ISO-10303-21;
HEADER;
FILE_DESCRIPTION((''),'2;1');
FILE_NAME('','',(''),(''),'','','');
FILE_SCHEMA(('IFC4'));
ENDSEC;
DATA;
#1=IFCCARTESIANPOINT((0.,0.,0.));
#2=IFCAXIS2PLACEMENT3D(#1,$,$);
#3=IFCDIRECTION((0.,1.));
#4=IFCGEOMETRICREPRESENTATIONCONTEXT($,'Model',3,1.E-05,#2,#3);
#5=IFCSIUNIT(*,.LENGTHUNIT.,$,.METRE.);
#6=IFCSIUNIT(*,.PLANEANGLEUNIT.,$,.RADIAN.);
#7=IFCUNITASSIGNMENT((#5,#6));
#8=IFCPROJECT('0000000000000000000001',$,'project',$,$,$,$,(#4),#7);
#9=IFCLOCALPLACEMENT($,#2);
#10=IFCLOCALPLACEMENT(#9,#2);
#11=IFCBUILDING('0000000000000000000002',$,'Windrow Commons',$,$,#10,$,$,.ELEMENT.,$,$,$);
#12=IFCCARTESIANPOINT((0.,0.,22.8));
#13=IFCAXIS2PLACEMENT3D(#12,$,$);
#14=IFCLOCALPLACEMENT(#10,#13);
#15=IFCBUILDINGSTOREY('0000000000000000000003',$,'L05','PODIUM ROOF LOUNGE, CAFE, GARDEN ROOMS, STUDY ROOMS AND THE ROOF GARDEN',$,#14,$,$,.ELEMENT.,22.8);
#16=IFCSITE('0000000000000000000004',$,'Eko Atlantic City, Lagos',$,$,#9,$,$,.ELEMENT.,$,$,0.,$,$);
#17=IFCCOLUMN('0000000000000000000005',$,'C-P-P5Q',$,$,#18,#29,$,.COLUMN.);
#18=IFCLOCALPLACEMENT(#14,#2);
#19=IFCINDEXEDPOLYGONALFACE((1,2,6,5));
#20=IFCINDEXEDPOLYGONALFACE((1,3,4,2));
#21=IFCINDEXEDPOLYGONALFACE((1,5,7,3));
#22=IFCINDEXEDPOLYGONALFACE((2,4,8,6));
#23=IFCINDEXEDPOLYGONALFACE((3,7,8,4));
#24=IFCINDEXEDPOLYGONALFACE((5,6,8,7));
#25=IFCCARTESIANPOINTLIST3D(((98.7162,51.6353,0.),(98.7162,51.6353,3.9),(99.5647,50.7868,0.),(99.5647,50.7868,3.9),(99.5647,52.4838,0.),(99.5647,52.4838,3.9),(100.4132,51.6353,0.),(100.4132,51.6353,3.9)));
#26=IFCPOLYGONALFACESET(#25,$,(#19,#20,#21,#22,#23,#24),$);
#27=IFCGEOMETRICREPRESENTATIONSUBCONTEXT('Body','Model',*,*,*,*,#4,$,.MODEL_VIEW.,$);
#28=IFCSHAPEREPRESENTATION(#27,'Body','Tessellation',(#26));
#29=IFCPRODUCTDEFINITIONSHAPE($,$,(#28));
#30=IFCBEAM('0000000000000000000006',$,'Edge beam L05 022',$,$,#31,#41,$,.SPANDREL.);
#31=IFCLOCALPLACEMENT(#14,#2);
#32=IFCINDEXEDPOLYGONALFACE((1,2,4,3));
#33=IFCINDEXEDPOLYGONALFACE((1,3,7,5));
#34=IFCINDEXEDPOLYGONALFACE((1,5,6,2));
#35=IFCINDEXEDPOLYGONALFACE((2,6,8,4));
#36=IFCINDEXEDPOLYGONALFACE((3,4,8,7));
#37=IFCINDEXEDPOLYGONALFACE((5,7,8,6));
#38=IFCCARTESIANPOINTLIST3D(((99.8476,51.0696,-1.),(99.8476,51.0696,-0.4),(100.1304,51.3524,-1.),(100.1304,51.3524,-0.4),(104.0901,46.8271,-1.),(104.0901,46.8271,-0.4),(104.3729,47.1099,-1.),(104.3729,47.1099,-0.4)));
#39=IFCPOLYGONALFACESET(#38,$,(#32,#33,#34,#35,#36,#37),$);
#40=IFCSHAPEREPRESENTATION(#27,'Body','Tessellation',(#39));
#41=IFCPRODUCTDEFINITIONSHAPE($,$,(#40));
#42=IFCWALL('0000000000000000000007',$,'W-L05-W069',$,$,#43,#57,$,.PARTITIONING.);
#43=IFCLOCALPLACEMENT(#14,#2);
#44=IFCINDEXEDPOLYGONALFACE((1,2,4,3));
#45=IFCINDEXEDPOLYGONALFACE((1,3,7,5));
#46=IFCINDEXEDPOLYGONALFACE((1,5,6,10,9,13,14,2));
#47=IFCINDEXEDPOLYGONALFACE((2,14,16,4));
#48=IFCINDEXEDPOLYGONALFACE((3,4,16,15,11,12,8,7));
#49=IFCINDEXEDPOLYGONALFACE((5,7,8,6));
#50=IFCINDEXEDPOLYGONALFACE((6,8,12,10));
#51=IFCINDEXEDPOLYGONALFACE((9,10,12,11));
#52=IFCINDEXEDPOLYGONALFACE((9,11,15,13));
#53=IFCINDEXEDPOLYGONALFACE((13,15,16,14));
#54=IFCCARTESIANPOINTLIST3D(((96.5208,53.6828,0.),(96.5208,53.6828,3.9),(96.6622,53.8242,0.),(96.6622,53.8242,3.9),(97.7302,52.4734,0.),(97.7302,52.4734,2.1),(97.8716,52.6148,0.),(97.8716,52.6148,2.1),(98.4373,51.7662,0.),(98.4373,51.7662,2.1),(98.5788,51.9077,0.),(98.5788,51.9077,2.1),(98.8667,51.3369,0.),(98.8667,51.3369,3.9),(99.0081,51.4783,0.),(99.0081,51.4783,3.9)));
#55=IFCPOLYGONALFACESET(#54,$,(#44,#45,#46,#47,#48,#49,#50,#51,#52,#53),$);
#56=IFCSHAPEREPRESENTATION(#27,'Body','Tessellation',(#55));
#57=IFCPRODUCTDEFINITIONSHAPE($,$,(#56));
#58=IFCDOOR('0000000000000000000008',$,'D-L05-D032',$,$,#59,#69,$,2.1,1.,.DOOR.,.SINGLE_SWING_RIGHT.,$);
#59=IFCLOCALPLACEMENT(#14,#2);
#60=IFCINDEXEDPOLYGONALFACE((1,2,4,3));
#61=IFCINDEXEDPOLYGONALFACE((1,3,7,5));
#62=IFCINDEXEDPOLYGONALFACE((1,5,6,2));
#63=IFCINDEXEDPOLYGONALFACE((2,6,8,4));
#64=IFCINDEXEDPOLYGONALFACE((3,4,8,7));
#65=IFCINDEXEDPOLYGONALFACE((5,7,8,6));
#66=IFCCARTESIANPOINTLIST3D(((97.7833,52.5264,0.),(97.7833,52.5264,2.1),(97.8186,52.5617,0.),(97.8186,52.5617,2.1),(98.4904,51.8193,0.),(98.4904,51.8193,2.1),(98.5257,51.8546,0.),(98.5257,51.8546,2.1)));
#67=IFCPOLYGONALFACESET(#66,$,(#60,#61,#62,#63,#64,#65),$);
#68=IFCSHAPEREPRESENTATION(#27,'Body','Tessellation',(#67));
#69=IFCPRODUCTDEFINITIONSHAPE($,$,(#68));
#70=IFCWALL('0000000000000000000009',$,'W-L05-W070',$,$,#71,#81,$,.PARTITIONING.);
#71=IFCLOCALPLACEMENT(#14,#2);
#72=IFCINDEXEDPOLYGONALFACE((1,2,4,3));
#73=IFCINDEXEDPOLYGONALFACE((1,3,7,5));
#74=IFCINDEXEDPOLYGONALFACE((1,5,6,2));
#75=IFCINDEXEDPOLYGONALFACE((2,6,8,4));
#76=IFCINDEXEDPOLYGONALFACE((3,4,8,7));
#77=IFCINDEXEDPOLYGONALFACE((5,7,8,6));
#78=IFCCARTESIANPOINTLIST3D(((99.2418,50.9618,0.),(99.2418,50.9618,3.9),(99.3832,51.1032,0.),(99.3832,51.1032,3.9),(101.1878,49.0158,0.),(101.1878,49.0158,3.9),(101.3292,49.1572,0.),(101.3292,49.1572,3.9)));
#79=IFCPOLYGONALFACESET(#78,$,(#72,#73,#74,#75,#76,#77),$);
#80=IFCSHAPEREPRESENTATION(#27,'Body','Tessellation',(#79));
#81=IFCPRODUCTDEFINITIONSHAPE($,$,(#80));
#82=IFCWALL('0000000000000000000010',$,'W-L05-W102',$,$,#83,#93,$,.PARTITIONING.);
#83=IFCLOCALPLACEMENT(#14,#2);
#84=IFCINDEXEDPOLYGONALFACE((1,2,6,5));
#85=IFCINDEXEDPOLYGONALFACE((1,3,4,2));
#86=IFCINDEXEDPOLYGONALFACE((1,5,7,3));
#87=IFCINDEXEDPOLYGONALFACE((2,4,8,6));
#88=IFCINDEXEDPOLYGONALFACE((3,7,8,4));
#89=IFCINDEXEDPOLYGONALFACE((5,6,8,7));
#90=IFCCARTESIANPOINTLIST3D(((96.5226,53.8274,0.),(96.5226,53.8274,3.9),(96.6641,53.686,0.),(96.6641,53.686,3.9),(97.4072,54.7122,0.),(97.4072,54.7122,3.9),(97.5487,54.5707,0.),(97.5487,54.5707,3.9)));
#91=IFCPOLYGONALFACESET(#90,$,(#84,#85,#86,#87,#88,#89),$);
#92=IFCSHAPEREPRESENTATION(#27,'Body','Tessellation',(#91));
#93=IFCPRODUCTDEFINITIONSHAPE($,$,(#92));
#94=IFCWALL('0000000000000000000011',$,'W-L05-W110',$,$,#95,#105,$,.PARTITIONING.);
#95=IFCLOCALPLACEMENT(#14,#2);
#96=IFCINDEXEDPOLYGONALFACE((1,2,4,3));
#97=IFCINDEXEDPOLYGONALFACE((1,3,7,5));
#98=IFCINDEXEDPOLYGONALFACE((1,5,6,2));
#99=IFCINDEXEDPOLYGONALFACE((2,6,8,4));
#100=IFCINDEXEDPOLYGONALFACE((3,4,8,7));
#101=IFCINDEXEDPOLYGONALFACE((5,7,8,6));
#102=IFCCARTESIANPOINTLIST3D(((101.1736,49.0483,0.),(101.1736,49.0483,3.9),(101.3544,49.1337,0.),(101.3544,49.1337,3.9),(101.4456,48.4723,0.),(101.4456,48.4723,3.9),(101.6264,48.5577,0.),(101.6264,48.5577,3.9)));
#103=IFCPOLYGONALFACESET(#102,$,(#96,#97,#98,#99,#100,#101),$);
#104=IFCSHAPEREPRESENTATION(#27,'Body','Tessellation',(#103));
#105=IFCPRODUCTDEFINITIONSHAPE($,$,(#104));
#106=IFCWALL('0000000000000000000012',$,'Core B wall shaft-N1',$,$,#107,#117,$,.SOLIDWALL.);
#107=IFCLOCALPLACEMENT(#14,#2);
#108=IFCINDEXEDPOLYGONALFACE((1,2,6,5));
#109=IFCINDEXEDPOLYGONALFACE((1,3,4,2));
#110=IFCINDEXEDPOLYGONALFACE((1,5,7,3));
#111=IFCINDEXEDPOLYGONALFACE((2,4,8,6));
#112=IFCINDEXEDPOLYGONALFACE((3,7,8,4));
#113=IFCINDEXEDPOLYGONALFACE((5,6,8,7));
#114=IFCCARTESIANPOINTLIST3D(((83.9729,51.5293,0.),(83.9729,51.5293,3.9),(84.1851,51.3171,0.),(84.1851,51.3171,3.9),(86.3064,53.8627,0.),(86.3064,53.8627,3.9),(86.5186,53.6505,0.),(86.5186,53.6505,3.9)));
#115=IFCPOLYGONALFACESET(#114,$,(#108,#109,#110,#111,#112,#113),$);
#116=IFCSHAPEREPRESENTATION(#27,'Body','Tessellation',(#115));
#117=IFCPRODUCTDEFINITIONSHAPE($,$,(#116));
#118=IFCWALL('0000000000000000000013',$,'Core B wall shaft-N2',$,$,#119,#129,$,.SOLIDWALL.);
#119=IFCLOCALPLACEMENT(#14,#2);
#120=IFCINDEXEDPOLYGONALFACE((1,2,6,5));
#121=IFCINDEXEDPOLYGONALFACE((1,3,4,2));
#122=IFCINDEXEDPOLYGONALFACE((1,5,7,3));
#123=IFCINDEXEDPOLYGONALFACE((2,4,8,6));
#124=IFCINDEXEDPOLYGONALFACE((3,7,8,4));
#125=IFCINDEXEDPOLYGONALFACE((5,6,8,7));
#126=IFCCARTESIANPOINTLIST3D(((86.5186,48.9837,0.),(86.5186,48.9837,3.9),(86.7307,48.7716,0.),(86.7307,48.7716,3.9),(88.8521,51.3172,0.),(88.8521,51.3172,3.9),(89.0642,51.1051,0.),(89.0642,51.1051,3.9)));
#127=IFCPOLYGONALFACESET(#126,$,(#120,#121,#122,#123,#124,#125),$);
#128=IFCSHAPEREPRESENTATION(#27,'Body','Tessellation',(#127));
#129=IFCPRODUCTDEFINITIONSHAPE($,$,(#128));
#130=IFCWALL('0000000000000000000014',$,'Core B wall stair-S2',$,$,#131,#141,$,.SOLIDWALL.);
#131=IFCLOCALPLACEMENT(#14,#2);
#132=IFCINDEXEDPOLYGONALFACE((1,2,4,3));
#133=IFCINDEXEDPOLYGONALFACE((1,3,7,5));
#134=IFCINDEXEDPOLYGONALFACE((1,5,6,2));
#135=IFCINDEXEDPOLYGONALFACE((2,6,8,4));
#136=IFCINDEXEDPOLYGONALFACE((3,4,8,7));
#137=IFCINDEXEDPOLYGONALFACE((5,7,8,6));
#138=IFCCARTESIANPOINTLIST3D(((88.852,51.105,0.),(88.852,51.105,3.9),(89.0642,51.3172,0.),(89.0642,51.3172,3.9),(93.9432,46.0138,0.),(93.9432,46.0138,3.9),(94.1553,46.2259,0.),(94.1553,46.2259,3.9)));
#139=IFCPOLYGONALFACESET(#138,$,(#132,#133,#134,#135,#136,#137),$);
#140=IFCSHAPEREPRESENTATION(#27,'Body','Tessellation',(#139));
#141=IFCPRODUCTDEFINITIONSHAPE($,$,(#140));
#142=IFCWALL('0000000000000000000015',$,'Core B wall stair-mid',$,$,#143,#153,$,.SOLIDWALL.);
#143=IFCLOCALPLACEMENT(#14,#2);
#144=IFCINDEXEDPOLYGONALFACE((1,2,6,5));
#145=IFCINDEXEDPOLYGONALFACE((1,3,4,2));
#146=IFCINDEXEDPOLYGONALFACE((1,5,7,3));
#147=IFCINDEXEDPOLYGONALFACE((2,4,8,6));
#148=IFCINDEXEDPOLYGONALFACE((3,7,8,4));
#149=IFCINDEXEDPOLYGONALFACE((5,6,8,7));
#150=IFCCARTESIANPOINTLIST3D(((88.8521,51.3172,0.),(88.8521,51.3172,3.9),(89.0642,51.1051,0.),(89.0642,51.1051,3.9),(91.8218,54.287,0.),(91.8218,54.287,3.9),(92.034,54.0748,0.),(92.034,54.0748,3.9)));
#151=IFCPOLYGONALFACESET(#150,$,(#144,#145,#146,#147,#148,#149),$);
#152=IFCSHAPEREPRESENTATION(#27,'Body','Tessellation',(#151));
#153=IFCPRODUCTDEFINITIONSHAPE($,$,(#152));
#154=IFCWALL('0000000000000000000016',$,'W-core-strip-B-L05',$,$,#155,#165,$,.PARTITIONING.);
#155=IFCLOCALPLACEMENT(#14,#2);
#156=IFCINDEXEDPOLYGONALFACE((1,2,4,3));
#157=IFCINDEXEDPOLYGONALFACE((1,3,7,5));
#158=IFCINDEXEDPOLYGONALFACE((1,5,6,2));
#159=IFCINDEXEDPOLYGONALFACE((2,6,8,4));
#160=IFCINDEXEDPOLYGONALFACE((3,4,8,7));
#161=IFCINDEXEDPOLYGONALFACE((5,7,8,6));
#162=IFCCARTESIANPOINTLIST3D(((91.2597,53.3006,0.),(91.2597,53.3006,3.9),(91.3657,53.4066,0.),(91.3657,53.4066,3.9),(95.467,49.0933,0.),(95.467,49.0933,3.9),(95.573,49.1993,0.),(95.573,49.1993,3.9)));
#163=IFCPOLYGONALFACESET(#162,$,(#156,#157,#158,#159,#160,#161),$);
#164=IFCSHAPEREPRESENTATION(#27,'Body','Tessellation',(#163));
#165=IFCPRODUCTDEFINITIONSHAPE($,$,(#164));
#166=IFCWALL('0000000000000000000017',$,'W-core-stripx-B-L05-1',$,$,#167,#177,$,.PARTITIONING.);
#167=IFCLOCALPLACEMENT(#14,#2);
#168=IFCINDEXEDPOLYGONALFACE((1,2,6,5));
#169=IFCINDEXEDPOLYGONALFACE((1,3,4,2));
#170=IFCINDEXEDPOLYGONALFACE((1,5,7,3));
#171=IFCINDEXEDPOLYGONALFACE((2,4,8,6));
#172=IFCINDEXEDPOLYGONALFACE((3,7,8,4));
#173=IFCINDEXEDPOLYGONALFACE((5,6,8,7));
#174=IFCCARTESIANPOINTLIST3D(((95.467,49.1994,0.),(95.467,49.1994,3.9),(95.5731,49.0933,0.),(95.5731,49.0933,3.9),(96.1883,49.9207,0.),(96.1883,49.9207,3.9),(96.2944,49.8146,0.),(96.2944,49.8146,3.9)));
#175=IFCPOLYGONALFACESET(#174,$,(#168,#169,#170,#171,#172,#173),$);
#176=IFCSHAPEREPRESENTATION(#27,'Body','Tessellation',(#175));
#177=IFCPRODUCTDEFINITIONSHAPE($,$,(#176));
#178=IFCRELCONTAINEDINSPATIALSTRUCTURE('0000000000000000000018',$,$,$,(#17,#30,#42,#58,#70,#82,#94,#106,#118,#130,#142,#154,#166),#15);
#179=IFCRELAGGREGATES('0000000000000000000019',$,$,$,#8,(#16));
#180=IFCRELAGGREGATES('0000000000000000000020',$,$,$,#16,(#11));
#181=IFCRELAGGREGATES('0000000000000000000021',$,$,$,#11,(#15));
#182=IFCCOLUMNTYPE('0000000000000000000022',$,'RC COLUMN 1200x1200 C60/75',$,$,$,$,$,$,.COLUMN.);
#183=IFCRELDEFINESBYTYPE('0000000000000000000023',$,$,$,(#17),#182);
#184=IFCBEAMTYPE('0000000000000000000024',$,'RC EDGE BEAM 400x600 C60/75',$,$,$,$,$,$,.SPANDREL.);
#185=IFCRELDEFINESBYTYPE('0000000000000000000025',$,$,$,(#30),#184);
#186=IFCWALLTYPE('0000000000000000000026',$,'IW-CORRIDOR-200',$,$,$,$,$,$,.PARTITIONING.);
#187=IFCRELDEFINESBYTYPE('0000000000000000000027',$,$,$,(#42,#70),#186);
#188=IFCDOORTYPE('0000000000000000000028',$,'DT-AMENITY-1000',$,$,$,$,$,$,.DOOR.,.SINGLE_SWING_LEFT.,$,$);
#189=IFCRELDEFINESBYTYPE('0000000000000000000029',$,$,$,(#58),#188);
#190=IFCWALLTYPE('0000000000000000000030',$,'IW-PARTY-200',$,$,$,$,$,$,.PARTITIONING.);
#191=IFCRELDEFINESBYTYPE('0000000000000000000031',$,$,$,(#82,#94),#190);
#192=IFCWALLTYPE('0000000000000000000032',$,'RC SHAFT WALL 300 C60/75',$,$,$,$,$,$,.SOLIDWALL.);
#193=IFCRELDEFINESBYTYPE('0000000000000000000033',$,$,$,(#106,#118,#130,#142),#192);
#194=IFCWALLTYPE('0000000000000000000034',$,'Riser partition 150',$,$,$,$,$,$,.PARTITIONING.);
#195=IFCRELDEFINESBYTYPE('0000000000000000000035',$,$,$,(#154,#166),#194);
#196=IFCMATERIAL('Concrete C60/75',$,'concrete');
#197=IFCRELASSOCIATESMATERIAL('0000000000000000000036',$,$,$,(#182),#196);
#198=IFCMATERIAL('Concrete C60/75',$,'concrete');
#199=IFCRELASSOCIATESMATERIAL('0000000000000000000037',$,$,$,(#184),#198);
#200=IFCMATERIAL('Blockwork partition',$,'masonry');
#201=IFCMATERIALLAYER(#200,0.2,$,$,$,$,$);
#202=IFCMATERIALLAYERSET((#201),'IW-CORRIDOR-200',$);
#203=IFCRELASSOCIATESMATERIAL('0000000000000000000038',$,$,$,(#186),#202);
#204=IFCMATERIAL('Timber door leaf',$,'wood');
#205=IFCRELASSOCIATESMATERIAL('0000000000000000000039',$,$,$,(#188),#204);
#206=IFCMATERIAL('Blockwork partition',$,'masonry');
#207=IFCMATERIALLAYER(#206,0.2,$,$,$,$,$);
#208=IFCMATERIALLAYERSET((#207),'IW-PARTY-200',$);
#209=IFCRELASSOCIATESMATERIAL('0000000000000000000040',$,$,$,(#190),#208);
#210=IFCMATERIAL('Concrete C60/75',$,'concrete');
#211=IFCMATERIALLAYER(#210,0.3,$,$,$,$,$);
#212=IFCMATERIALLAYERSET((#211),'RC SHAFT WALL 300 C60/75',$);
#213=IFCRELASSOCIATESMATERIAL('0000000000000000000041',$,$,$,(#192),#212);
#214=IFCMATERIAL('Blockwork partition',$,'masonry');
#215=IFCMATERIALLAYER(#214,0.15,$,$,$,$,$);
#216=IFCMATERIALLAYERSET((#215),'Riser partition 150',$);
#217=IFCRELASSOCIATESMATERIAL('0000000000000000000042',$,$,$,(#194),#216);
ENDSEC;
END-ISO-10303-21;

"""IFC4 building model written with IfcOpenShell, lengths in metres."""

from ifc_helpers import new_model, si_unit, direction, frame, frame_2d, origin, origin_2d, place, context, subcontext, project, spatial, rectangle, extrude, material, layer, layer_set, material_profile, profile_set, type_object, element, fill, save


model = new_model("IFC4")

# Units and contexts
model_context = context("Model", 3, precision=1e-05, world=origin(), true_north=direction((0.0, 1.0)))
body_context = subcontext(model_context, "Body", "Model", "MODEL_VIEW")
ifc_project = project(units=[si_unit("LENGTHUNIT", "METRE"), si_unit("PLANEANGLEUNIT", "RADIAN")], contexts=[model_context])

# Site, building, storey
site_placement = place(None, origin())
site = spatial("IfcSite", under=ifc_project, at=site_placement, Name="Eko Atlantic City, Lagos", CompositionType="ELEMENT", RefElevation=0.0)
building_placement = place(site_placement, origin())
building = spatial("IfcBuilding", under=site, at=building_placement, Name="Windrow Commons", CompositionType="ELEMENT")
storey_placement = place(building_placement, frame((0.0, 0.0, 22.8)))
storey = spatial("IfcBuildingStorey", under=building, at=storey_placement, Name="L05", Description="PODIUM ROOF LOUNGE, CAFE, GARDEN ROOMS, STUDY ROOMS AND THE ROOF GARDEN", CompositionType="ELEMENT", Elevation=22.8)

# Column
ifc_material_1 = material(Name="Concrete C60/75", Category="concrete")
ifc_material_profile_1 = material_profile(ifc_material_1, rectangle(XDim=1.2, YDim=1.2, at=origin_2d()))
ifc_profile_set_1 = profile_set([ifc_material_profile_1], Name="Concrete C60/75")
column_type = type_object("IfcColumnType", Name="RC COLUMN 1200x1200 C60/75", PredefinedType="COLUMN", material=ifc_profile_set_1)
column_placement = place(storey_placement, frame((99.5647, 51.6353, 0.0), z_axis=(0.0, 0.0, 1.0), x_axis=(0.707107, -0.707107, 0.0)))
element("IfcColumn", 1, at=column_placement, inside=storey, type_object=column_type, Name="C-P-P5Q", PredefinedType="COLUMN", context=body_context, shape_type="SweptSolid", body=[
    extrude(rectangle(XDim=1.2, YDim=1.2, at=origin_2d()), origin(), (0.0, 0.0, 1.0), 3.9),
])

# Beam
ifc_material_2 = material(Name="Concrete C60/75", Category="concrete")
ifc_material_profile_2 = material_profile(ifc_material_2, rectangle(XDim=0.4, YDim=0.6, at=origin_2d()))
ifc_profile_set_2 = profile_set([ifc_material_profile_2], Name="Concrete C60/75")
beam_type = type_object("IfcBeamType", Name="RC EDGE BEAM 400x600 C60/75", PredefinedType="SPANDREL", material=ifc_profile_set_2)
beam_placement = place(storey_placement, frame((99.989, 51.211, -0.7), z_axis=(0.707107, -0.707107, 0.0), x_axis=(0.707107, 0.707107, 0.0)))
element("IfcBeam", 2, at=beam_placement, inside=storey, type_object=beam_type, Name="Edge beam L05 022", PredefinedType="SPANDREL", context=body_context, shape_type="SweptSolid", body=[
    extrude(rectangle(XDim=0.4, YDim=0.6, at=origin_2d()), origin(), (0.0, 0.0, 1.0), 5.9998),
])

# Wall, opening, door
ifc_material_3 = material(Name="Blockwork partition", Category="masonry")
ifc_layer_1 = layer(ifc_material_3, 0.2)
ifc_layer_set_1 = layer_set([ifc_layer_1], Name="IW-CORRIDOR-200")
wall_type_1 = type_object("IfcWallType", Name="IW-CORRIDOR-200", PredefinedType="PARTITIONING", material=ifc_layer_set_1)
wall_1_placement = place(storey_placement, frame((96.5915, 53.7535, 0.0), z_axis=(0.0, 0.0, 1.0), x_axis=(0.707107, -0.707107, 0.0)))
wall_1 = element("IfcWall", 3, at=wall_1_placement, inside=storey, type_object=wall_type_1, Name="W-L05-W069", PredefinedType="PARTITIONING", context=body_context, shape_type="SweptSolid", body=[
    extrude(rectangle(XDim=3.3177, YDim=0.2, at=frame_2d((1.6588, 0.0))), origin(), (0.0, 0.0, 1.0), 3.9),
])
opening_placement = place(wall_1_placement, frame((1.7104, 0.0, 0.0)))
opening = element("IfcOpeningElement", 4, at=opening_placement, cuts=wall_1, PredefinedType="OPENING", context=body_context, shape_type="SweptSolid", body=[
    extrude(rectangle(XDim=1.0, YDim=2.1, at=frame_2d((0.5, 1.05))), frame((0.0, 0.11, 0.0), z_axis=(0.0, -1.0, 0.0), x_axis=(1.0, 0.0, 0.0)), (0.0, 0.0, 1.0), 0.22),
])
ifc_material_4 = material(Name="Timber door leaf", Category="wood")
door_type = type_object("IfcDoorType", Name="DT-AMENITY-1000", OperationType="SINGLE_SWING_LEFT", PredefinedType="DOOR", material=ifc_material_4)
door_placement = place(opening_placement, origin())
door = element("IfcDoor", 5, at=door_placement, inside=storey, type_object=door_type, Name="D-L05-D032", OperationType="SINGLE_SWING_RIGHT", OverallHeight=2.1, OverallWidth=1.0, PredefinedType="DOOR", context=body_context, shape_type="SweptSolid", body=[
    extrude(rectangle(XDim=1.0, YDim=2.1, at=frame_2d((0.5, 1.05))), frame((0.0, 0.025, 0.0), z_axis=(0.0, -1.0, 0.0), x_axis=(1.0, 0.0, 0.0)), (0.0, 0.0, 1.0), 0.05),
])
fill(opening, door)

# Walls
wall_2_placement = place(storey_placement, frame((99.3125, 51.0325, 0.0), z_axis=(0.0, 0.0, 1.0), x_axis=(0.707107, -0.707107, 0.0)))
element("IfcWall", 6, at=wall_2_placement, inside=storey, type_object=wall_type_1, Name="W-L05-W070", PredefinedType="PARTITIONING", context=body_context, shape_type="SweptSolid", body=[
    extrude(rectangle(XDim=2.7521, YDim=0.2, at=frame_2d((1.376, 0.0))), origin(), (0.0, 0.0, 1.0), 3.9),
])
ifc_material_5 = material(Name="Blockwork partition", Category="masonry")
ifc_layer_2 = layer(ifc_material_5, 0.2)
ifc_layer_set_2 = layer_set([ifc_layer_2], Name="IW-PARTY-200")
wall_type_2 = type_object("IfcWallType", Name="IW-PARTY-200", PredefinedType="PARTITIONING", material=ifc_layer_set_2)
wall_3_placement = place(storey_placement, frame((96.5933, 53.7567, 0.0), z_axis=(0.0, 0.0, 1.0), x_axis=(0.707067, 0.707147, 0.0)))
element("IfcWall", 7, at=wall_3_placement, inside=storey, type_object=wall_type_2, Name="W-L05-W102", PredefinedType="PARTITIONING", context=body_context, shape_type="SweptSolid", body=[
    extrude(rectangle(XDim=1.2511, YDim=0.2, at=frame_2d((0.6256, 0.0))), origin(), (0.0, 0.0, 1.0), 3.9),
])
wall_4_placement = place(storey_placement, frame((101.264, 49.091, 0.0), z_axis=(0.0, 0.0, 1.0), x_axis=(0.427006, -0.904249, 0.0)))
element("IfcWall", 8, at=wall_4_placement, inside=storey, type_object=wall_type_2, Name="W-L05-W110", PredefinedType="PARTITIONING", context=body_context, shape_type="SweptSolid", body=[
    extrude(rectangle(XDim=0.637, YDim=0.2, at=frame_2d((0.3185, 0.0))), origin(), (0.0, 0.0, 1.0), 3.9),
])
ifc_material_6 = material(Name="Concrete C60/75", Category="concrete")
ifc_layer_3 = layer(ifc_material_6, 0.3)
ifc_layer_set_3 = layer_set([ifc_layer_3], Name="RC SHAFT WALL 300 C60/75")
wall_type_3 = type_object("IfcWallType", Name="RC SHAFT WALL 300 C60/75", PredefinedType="SOLIDWALL", material=ifc_layer_set_3)
wall_5_placement = place(storey_placement, frame((84.079, 51.4232, 0.0), z_axis=(0.0, 0.0, 1.0), x_axis=(0.707122, 0.707092, 0.0)))
element("IfcWall", 9, at=wall_5_placement, inside=storey, type_object=wall_type_3, Name="Core B wall shaft-N1", PredefinedType="SOLIDWALL", context=body_context, shape_type="SweptSolid", body=[
    extrude(rectangle(XDim=3.3, YDim=0.3, at=frame_2d((1.65, 0.0))), origin(), (0.0, 0.0, 1.0), 3.9),
])
wall_6_placement = place(storey_placement, frame((86.6246, 48.8776, 0.0), z_axis=(0.0, 0.0, 1.0), x_axis=(0.707107, 0.707107, 0.0)))
element("IfcWall", 10, at=wall_6_placement, inside=storey, type_object=wall_type_3, Name="Core B wall shaft-N2", PredefinedType="SOLIDWALL", context=body_context, shape_type="SweptSolid", body=[
    extrude(rectangle(XDim=3.3001, YDim=0.3, at=frame_2d((1.6501, 0.0))), origin(), (0.0, 0.0, 1.0), 3.9),
])
wall_7_placement = place(storey_placement, frame((88.9581, 51.2111, 0.0), z_axis=(0.0, 0.0, 1.0), x_axis=(0.7071, -0.707114, 0.0)))
element("IfcWall", 11, at=wall_7_placement, inside=storey, type_object=wall_type_3, Name="Core B wall stair-S2", PredefinedType="SOLIDWALL", context=body_context, shape_type="SweptSolid", body=[
    extrude(rectangle(XDim=7.2, YDim=0.3, at=frame_2d((3.6, 0.0))), origin(), (0.0, 0.0, 1.0), 3.9),
])
wall_8_placement = place(storey_placement, frame((88.9581, 51.2111, 0.0), z_axis=(0.0, 0.0, 1.0), x_axis=(0.707107, 0.707107, 0.0)))
element("IfcWall", 12, at=wall_8_placement, inside=storey, type_object=wall_type_3, Name="Core B wall stair-mid", PredefinedType="SOLIDWALL", context=body_context, shape_type="SweptSolid", body=[
    extrude(rectangle(XDim=4.1999, YDim=0.3, at=frame_2d((2.1, 0.0))), origin(), (0.0, 0.0, 1.0), 3.9),
])
ifc_material_7 = material(Name="Blockwork partition", Category="masonry")
ifc_layer_4 = layer(ifc_material_7, 0.15)
ifc_layer_set_4 = layer_set([ifc_layer_4], Name="Riser partition 150")
wall_type_4 = type_object("IfcWallType", Name="Riser partition 150", PredefinedType="PARTITIONING", material=ifc_layer_set_4)
wall_9_placement = place(storey_placement, frame((91.3127, 53.3536, 0.0), z_axis=(0.0, 0.0, 1.0), x_axis=(0.707107, -0.707107, 0.0)))
element("IfcWall", 13, at=wall_9_placement, inside=storey, type_object=wall_type_4, Name="W-core-strip-B-L05", PredefinedType="PARTITIONING", context=body_context, shape_type="SweptSolid", body=[
    extrude(rectangle(XDim=5.95, YDim=0.15, at=frame_2d((2.975, 0.0))), origin(), (0.0, 0.0, 1.0), 3.9),
])
wall_10_placement = place(storey_placement, frame((95.52, 49.1463, 0.0), z_axis=(0.0, 0.0, 1.0), x_axis=(0.707107, 0.707107, 0.0)))
element("IfcWall", 14, at=wall_10_placement, inside=storey, type_object=wall_type_4, Name="W-core-stripx-B-L05-1", PredefinedType="PARTITIONING", context=body_context, shape_type="SweptSolid", body=[
    extrude(rectangle(XDim=1.0201, YDim=0.15, at=frame_2d((0.5101, 0.0))), origin(), (0.0, 0.0, 1.0), 3.9),
])

save(model, "model.ifc")
